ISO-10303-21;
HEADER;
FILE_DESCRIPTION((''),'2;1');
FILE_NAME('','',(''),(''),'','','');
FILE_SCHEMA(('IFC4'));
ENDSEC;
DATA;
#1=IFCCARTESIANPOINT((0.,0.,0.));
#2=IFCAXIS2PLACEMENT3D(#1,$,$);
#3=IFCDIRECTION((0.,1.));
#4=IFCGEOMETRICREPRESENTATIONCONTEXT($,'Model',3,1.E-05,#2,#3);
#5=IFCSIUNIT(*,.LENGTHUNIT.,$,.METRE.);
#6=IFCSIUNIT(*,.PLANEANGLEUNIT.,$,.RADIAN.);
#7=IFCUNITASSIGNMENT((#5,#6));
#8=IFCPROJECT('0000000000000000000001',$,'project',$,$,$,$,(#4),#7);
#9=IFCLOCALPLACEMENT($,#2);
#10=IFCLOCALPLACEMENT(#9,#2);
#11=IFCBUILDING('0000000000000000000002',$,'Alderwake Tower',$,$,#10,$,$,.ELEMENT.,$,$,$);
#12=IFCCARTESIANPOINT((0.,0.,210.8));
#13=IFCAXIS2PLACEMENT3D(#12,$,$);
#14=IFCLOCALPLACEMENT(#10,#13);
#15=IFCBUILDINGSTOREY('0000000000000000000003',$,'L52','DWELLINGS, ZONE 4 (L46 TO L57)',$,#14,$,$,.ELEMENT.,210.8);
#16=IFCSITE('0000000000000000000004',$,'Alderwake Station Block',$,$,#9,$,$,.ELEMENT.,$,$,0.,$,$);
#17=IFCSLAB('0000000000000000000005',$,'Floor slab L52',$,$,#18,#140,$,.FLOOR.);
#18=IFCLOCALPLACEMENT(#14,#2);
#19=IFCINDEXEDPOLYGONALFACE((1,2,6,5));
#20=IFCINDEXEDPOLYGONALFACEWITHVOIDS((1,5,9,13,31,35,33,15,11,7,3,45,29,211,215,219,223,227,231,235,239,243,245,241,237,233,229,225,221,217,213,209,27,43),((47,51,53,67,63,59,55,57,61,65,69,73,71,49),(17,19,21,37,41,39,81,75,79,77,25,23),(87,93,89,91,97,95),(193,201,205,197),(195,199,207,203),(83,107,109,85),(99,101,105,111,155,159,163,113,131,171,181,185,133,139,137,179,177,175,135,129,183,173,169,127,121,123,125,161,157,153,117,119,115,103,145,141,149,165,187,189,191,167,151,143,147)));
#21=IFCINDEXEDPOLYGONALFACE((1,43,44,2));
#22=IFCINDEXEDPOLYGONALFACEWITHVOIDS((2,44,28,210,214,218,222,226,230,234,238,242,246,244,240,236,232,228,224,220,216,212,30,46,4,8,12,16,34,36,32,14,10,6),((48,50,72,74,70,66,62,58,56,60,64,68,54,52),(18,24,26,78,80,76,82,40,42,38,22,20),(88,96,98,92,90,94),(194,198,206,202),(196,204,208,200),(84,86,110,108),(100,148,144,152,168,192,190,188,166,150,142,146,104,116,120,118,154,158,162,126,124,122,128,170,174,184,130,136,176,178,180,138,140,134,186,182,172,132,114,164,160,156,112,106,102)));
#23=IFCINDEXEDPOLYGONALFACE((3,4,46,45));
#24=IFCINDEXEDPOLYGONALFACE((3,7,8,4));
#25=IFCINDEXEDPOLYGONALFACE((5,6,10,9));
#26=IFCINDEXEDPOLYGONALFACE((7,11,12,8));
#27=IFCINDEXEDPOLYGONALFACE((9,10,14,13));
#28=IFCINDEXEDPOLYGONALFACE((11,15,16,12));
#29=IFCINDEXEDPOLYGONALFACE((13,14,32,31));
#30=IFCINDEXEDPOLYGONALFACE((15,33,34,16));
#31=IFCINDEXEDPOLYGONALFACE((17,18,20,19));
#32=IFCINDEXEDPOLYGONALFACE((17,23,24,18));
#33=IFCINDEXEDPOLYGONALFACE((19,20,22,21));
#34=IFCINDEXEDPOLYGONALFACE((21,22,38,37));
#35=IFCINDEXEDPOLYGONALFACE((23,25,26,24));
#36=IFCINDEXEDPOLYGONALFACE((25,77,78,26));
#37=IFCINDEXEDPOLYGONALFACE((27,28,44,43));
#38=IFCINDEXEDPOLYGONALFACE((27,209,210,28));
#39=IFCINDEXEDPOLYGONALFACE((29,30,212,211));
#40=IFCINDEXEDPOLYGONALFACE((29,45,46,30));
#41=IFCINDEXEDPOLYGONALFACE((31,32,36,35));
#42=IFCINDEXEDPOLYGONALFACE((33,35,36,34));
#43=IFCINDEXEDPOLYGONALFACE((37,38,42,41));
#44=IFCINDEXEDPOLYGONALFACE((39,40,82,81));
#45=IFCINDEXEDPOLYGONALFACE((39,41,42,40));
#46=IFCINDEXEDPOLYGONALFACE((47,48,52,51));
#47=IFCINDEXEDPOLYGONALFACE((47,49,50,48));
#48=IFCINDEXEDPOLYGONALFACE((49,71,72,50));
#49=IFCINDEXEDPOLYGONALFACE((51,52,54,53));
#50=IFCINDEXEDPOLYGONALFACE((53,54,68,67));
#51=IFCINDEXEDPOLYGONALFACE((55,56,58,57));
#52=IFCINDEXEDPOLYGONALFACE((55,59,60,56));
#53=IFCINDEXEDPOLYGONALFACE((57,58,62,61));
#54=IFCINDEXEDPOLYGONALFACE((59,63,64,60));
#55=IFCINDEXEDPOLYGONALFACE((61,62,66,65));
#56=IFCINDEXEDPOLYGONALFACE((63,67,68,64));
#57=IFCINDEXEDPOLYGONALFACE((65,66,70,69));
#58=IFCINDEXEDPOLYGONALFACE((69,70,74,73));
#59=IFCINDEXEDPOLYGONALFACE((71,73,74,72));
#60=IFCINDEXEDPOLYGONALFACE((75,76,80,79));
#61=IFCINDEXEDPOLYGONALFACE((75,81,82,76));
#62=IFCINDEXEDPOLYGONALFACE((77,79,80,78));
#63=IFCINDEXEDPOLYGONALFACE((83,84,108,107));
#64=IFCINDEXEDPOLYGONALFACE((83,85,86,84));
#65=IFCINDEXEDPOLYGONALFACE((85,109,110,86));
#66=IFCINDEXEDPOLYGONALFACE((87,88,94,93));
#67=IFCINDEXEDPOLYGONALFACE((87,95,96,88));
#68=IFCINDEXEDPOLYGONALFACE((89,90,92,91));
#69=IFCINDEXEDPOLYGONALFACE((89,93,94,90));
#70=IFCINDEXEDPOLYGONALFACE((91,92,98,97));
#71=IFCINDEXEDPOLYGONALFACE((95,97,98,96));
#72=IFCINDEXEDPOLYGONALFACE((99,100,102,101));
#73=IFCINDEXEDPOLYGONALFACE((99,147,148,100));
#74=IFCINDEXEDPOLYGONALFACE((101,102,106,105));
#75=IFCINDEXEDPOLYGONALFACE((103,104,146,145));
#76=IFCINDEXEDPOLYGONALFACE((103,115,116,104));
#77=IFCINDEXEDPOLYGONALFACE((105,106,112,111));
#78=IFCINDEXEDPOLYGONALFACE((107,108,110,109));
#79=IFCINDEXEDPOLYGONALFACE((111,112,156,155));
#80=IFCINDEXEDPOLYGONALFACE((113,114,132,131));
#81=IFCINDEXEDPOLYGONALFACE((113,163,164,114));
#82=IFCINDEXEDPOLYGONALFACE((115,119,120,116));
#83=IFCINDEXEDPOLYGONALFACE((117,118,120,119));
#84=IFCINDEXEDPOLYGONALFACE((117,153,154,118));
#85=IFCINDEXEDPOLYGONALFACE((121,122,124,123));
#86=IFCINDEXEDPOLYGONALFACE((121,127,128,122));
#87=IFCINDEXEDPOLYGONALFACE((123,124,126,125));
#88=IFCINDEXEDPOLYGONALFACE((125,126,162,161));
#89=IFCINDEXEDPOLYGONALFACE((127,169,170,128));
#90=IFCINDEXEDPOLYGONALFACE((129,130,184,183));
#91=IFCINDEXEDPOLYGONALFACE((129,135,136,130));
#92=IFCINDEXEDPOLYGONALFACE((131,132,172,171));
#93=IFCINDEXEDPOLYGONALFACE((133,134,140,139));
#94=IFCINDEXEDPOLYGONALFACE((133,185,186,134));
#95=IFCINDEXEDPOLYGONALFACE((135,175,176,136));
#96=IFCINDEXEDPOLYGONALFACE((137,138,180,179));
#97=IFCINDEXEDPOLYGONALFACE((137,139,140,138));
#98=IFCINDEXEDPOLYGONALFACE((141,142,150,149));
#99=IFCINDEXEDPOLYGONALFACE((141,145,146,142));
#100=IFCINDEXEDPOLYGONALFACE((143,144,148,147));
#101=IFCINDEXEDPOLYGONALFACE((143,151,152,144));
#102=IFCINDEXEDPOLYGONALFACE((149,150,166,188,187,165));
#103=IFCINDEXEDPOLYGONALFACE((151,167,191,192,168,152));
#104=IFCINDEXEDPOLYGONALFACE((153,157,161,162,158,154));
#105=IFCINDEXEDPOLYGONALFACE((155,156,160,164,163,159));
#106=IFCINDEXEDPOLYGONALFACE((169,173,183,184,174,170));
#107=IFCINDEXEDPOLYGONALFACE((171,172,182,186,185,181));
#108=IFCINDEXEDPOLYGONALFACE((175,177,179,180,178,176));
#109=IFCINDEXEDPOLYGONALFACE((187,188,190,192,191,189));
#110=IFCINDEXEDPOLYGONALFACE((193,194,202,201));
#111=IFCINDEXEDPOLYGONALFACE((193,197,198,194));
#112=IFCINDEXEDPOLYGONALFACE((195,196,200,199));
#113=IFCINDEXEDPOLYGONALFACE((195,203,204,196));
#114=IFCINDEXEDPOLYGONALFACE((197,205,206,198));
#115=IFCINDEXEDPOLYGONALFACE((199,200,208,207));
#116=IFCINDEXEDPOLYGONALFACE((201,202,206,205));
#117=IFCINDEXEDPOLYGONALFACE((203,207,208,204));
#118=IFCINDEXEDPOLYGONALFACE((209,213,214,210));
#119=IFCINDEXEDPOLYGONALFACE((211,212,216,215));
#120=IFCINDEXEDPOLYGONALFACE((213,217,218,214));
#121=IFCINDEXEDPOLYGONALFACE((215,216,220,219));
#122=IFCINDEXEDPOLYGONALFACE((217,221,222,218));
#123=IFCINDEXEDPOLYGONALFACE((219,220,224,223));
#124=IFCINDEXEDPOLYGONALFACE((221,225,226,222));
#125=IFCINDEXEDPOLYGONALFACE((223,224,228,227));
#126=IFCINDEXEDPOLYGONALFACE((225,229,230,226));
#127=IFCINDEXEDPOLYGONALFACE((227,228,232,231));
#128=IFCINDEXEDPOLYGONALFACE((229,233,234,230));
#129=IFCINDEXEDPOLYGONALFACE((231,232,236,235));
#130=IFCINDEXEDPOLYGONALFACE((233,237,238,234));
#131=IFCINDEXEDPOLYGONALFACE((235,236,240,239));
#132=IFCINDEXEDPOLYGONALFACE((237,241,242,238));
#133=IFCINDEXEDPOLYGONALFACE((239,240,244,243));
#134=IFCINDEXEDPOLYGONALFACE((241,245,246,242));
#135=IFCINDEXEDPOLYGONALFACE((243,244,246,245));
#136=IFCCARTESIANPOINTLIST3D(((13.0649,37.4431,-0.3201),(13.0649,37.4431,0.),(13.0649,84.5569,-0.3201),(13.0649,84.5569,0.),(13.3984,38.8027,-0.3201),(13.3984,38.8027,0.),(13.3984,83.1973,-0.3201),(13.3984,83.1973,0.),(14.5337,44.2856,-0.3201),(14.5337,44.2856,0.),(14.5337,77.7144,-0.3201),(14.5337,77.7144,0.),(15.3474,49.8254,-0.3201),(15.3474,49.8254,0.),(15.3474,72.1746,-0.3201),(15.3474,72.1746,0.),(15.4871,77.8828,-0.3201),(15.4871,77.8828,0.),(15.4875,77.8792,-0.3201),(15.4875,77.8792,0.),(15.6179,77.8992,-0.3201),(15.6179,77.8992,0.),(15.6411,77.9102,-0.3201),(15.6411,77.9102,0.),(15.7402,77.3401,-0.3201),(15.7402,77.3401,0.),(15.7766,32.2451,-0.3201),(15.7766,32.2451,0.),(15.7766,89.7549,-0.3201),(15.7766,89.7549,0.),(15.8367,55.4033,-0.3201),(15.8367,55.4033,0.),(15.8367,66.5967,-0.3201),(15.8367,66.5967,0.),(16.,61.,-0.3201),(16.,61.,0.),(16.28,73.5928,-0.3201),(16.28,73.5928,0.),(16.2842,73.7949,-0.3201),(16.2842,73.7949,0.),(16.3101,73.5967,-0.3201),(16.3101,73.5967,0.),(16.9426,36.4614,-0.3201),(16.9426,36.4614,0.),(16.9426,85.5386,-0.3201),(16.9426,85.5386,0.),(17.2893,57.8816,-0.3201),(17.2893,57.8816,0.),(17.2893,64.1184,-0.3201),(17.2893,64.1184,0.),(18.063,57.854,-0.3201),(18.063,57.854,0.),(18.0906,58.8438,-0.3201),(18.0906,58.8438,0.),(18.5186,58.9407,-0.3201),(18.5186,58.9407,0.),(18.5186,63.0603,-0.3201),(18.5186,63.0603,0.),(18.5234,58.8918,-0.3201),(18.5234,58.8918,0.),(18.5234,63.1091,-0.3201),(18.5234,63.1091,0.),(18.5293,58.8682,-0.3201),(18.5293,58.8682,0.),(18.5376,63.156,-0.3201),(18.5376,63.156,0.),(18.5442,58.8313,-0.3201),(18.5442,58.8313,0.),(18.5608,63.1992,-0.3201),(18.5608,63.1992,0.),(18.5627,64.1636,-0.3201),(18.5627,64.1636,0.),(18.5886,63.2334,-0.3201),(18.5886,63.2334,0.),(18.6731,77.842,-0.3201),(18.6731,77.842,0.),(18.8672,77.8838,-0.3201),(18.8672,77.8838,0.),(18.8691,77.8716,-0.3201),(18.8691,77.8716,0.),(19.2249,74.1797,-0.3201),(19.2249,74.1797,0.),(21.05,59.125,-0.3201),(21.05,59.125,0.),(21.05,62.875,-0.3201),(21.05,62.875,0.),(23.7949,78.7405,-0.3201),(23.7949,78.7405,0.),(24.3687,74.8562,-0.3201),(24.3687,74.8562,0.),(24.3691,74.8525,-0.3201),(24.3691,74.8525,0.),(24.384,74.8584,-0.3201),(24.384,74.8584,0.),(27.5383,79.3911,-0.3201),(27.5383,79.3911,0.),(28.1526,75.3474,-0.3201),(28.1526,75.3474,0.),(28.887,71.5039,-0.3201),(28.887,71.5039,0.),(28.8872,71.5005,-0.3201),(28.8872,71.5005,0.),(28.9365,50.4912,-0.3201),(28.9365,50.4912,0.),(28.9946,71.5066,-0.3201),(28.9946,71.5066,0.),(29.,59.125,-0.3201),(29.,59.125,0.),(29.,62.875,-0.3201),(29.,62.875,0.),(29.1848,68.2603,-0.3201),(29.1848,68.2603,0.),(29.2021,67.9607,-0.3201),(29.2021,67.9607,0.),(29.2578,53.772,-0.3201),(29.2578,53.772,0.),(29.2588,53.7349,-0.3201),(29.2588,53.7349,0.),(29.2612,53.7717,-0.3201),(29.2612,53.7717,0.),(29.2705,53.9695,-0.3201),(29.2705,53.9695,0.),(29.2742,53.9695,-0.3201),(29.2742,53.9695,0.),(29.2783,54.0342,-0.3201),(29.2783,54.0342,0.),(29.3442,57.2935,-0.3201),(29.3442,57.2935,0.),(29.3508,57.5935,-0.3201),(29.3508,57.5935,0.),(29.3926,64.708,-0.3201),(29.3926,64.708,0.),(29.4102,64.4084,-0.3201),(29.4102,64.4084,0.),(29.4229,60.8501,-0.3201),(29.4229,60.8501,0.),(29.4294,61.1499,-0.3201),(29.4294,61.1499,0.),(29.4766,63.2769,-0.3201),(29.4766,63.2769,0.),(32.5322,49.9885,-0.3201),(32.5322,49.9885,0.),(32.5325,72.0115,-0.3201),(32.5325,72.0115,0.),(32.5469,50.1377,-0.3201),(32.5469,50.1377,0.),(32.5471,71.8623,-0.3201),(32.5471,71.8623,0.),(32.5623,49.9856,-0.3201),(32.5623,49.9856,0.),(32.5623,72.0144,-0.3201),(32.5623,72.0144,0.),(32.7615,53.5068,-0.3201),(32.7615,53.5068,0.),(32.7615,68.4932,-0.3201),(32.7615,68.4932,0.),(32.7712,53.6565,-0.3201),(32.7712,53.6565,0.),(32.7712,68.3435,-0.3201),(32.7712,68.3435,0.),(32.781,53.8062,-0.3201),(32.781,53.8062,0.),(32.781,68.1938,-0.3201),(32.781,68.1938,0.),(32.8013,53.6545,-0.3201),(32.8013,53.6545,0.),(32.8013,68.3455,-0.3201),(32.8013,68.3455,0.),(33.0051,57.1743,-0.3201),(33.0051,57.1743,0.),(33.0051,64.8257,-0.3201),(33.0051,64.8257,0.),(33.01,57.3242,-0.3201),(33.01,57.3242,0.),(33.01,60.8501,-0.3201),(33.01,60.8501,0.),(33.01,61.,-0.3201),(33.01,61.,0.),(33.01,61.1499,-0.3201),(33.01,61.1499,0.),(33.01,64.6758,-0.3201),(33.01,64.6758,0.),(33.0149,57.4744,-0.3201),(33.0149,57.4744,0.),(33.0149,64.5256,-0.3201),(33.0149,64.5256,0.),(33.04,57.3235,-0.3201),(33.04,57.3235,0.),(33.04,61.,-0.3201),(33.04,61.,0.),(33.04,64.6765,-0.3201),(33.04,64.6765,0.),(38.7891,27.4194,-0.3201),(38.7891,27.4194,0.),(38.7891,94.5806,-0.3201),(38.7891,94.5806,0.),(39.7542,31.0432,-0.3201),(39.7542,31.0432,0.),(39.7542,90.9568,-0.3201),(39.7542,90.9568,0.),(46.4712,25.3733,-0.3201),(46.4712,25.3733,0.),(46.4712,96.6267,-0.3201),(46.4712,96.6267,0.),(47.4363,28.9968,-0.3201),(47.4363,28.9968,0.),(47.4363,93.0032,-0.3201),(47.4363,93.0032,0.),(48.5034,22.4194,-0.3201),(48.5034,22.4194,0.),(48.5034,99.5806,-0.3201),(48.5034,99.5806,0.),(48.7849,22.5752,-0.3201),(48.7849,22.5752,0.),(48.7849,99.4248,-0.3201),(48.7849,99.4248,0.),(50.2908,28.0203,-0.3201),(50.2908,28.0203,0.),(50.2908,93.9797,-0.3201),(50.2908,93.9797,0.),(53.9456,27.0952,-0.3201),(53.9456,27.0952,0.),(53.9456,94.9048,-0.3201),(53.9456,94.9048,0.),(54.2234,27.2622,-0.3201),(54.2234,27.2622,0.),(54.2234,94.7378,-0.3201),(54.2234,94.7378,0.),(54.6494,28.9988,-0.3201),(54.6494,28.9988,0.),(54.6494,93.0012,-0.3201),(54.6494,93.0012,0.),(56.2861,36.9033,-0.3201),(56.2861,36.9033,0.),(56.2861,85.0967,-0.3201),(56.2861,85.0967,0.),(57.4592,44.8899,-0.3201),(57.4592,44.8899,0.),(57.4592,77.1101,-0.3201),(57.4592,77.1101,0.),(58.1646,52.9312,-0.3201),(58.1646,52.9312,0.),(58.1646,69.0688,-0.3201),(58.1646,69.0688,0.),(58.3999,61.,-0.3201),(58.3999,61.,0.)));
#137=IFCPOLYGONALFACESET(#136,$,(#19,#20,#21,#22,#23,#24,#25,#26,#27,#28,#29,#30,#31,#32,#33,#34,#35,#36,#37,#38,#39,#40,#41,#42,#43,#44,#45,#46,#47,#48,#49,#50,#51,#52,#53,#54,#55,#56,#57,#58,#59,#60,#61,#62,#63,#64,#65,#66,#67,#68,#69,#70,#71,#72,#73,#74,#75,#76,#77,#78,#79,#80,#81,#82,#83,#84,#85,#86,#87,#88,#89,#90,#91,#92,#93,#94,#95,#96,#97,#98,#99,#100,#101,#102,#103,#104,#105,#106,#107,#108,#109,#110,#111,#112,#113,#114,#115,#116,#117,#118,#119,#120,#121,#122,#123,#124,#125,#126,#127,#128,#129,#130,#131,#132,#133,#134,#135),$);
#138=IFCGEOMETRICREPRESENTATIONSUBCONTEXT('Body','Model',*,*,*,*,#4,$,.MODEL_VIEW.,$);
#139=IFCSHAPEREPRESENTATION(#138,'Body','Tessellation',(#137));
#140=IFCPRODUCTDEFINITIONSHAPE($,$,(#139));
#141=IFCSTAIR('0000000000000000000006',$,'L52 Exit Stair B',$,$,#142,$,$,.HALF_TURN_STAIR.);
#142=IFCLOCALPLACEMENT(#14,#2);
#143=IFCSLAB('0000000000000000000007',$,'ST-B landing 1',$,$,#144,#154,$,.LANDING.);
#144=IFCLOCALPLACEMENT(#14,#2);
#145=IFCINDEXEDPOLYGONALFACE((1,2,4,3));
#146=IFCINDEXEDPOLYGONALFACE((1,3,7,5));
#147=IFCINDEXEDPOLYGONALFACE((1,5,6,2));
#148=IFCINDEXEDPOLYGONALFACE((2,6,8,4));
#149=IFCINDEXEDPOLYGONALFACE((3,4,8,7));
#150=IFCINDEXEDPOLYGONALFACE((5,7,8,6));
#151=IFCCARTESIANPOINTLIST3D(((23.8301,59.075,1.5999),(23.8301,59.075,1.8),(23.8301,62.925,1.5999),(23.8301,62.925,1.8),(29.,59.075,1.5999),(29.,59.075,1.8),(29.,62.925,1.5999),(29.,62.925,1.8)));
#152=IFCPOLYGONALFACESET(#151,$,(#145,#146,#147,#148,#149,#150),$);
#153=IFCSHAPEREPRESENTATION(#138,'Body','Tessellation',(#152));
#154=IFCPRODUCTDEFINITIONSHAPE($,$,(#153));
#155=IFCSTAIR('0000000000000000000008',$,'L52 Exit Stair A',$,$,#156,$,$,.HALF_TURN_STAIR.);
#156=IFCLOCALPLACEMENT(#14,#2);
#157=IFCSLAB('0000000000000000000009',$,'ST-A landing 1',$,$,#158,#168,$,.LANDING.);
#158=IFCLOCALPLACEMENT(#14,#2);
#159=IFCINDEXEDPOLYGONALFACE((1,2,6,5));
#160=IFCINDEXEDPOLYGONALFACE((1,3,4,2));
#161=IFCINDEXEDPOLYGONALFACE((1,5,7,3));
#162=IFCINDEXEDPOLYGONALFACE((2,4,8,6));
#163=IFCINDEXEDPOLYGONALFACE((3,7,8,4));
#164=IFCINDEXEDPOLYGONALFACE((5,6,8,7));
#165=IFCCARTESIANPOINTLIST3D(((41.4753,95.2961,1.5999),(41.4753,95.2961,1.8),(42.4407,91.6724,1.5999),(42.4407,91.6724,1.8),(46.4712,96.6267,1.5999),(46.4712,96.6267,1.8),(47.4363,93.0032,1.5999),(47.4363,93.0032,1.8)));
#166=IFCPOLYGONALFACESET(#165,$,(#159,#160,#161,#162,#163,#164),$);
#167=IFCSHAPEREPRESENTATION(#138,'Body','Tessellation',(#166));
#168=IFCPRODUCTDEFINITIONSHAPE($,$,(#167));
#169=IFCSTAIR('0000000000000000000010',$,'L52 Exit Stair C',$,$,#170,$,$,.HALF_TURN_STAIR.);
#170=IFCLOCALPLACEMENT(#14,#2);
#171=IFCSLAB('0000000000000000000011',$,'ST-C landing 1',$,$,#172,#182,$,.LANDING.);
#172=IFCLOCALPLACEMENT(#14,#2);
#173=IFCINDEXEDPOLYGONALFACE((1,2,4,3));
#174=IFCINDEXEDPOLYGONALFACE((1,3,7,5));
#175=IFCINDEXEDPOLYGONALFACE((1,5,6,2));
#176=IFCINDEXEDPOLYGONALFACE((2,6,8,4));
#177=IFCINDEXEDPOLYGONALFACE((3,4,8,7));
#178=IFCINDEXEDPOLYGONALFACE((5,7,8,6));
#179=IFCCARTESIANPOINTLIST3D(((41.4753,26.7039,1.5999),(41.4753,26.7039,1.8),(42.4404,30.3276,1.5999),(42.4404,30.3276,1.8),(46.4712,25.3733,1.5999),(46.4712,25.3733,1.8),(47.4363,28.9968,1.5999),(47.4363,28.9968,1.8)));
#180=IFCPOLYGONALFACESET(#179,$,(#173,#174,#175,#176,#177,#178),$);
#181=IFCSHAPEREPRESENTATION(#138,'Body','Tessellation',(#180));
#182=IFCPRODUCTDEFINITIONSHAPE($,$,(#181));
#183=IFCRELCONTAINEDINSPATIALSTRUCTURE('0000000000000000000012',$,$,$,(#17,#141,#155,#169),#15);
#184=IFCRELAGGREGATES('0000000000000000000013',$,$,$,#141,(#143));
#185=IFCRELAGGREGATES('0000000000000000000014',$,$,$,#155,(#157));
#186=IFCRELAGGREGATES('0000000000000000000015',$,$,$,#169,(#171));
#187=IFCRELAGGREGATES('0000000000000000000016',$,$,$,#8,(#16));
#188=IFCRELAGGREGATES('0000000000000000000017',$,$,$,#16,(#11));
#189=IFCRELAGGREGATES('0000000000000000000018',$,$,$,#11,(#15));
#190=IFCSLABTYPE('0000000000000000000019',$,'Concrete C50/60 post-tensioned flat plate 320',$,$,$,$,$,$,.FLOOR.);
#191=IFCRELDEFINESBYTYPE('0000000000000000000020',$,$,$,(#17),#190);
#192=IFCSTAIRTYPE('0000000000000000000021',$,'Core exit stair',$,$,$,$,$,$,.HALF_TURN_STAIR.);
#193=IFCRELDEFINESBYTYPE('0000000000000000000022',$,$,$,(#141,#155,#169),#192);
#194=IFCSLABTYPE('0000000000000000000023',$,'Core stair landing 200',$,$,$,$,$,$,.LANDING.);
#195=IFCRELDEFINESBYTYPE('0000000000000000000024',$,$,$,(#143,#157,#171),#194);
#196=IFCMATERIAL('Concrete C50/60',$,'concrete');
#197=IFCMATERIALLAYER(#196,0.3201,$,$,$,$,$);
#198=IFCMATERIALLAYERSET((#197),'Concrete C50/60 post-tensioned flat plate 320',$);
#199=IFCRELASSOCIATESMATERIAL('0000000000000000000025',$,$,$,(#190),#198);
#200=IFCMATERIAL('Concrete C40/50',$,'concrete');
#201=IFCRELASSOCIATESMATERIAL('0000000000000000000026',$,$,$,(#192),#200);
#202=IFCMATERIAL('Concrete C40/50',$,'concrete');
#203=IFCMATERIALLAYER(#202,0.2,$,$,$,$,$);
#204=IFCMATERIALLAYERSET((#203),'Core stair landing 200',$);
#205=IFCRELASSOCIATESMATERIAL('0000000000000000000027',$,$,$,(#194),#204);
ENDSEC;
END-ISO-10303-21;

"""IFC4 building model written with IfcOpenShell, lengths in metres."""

from ifc_helpers import new_model, si_unit, direction, frame, origin, place, context, subcontext, project, spatial, polyline, outline, extrude, material, layer, layer_set, type_object, element, aggregate, save


model = new_model("IFC4")

# Units and contexts
model_context = context("Model", 3, precision=1e-05, world=origin(), true_north=direction((0.0, 1.0)))
body_context = subcontext(model_context, "Body", "Model", "MODEL_VIEW")
ifc_project = project(units=[si_unit("LENGTHUNIT", "METRE"), si_unit("PLANEANGLEUNIT", "RADIAN")], contexts=[model_context])

# Site, building, storey
site_placement = place(None, origin())
site = spatial("IfcSite", under=ifc_project, at=site_placement, Name="Alderwake Station Block", CompositionType="ELEMENT", RefElevation=0.0)
building_placement = place(site_placement, origin())
building = spatial("IfcBuilding", under=site, at=building_placement, Name="Alderwake Tower", CompositionType="ELEMENT")
storey_placement = place(building_placement, frame((0.0, 0.0, 210.8)))
storey = spatial("IfcBuildingStorey", under=building, at=storey_placement, Name="L52", Description="DWELLINGS, ZONE 4 (L46 TO L57)", CompositionType="ELEMENT", Elevation=210.8)

# Slab
ifc_material_1 = material(Name="Concrete C50/60", Category="concrete")
ifc_layer_1 = layer(ifc_material_1, 0.3201)
ifc_layer_set_1 = layer_set([ifc_layer_1], Name="Concrete C50/60 post-tensioned flat plate 320")
slab_type_1 = type_object("IfcSlabType", Name="Concrete C50/60 post-tensioned flat plate 320", PredefinedType="FLOOR", material=ifc_layer_set_1)
slab_1_placement = place(storey_placement, frame((0.0, 0.0, -0.3201)))
element("IfcSlab", 1, at=slab_1_placement, inside=storey, type_object=slab_type_1, Name="Floor slab L52", PredefinedType="FLOOR", context=body_context, shape_type="SweptSolid", body=[
    extrude(outline(polyline([(13.0649, 37.4431), (13.3984, 38.8027), (14.5337, 44.2856), (15.3474, 49.8254), (15.8367, 55.4033), (16.0, 61.0), (15.8367, 66.5967), (15.3474, 72.1746), (14.5337, 77.7144), (13.3984, 83.1973), (13.0649, 84.5569), (16.9426, 85.5386), (15.7766, 89.7549), (48.5034, 99.5806), (48.7849, 99.4248), (50.2908, 93.9797), (53.9456, 94.9048), (54.2234, 94.7378), (54.6494, 93.0012), (56.2861, 85.0967), (57.4592, 77.1101), (58.1646, 69.0688), (58.3999, 61.0), (58.1646, 52.9312), (57.4592, 44.8899), (56.2861, 36.9033), (54.6494, 28.9988), (54.2234, 27.2622), (53.9456, 27.0952), (50.2908, 28.0203), (48.7849, 22.5752), (48.5034, 22.4194), (15.7766, 32.2451), (16.9426, 36.4614), (13.0649, 37.4431)]), holes=[polyline([(29.2578, 53.772), (28.9365, 50.4912), (32.5469, 50.1377), (32.5322, 49.9885), (32.5623, 49.9856), (32.8013, 53.6545), (33.04, 57.3235), (33.04, 61.0), (33.04, 64.6765), (32.8013, 68.3455), (32.5623, 72.0144), (32.5325, 72.0115), (32.5471, 71.8623), (28.887, 71.5039), (28.8872, 71.5005), (28.9946, 71.5066), (29.1848, 68.2603), (32.7615, 68.4932), (32.7712, 68.3435), (32.781, 68.1938), (29.2021, 67.9607), (29.3926, 64.708), (33.0051, 64.8257), (33.01, 64.6758), (33.0149, 64.5256), (29.4102, 64.4084), (29.4766, 63.2769), (29.4294, 61.1499), (33.01, 61.1499), (33.01, 61.0), (33.01, 60.8501), (29.4229, 60.8501), (29.3508, 57.5935), (33.0149, 57.4744), (33.01, 57.3242), (33.0051, 57.1743), (29.3442, 57.2935), (29.2705, 53.9695), (29.2742, 53.9695), (29.2783, 54.0342), (32.781, 53.8062), (32.7712, 53.6565), (32.7615, 53.5068), (29.2588, 53.7349), (29.2612, 53.7717), (29.2578, 53.772)]), polyline([(21.05, 62.875), (21.05, 59.125), (29.0, 59.125), (29.0, 62.875), (21.05, 62.875)]), polyline([(15.6411, 77.9102), (15.4871, 77.8828), (15.4875, 77.8792), (15.6179, 77.8992), (16.28, 73.5928), (16.3101, 73.5967), (16.2842, 73.7949), (19.2249, 74.1797), (18.6731, 77.842), (18.8691, 77.8716), (18.8672, 77.8838), (15.7402, 77.3401), (15.6411, 77.9102)]), polyline([(27.5383, 79.3911), (23.7949, 78.7405), (24.384, 74.8584), (24.3687, 74.8562), (24.3691, 74.8525), (28.1526, 75.3474), (27.5383, 79.3911)]), polyline([(47.4363, 28.9968), (39.7542, 31.0432), (38.7891, 27.4194), (46.4712, 25.3733), (47.4363, 28.9968)]), polyline([(46.4712, 96.6267), (38.7891, 94.5806), (39.7542, 90.9568), (47.4363, 93.0032), (46.4712, 96.6267)]), polyline([(17.2893, 64.1184), (17.2893, 57.8816), (18.063, 57.854), (18.0906, 58.8438), (18.5442, 58.8313), (18.5293, 58.8682), (18.5234, 58.8918), (18.5186, 58.9407), (18.5186, 63.0603), (18.5234, 63.1091), (18.5376, 63.156), (18.5608, 63.1992), (18.5886, 63.2334), (18.5627, 64.1636), (17.2893, 64.1184)])]), origin(), (0.0, 0.0, 1.0), 0.3201),
])

# Stairs, slabs
ifc_material_2 = material(Name="Concrete C40/50", Category="concrete")
stair_type = type_object("IfcStairType", Name="Core exit stair", PredefinedType="HALF_TURN_STAIR", material=ifc_material_2)
stair_1_placement = place(storey_placement, origin())
stair_1 = element("IfcStair", 2, at=stair_1_placement, inside=storey, type_object=stair_type, Name="L52 Exit Stair B", PredefinedType="HALF_TURN_STAIR")
ifc_material_3 = material(Name="Concrete C40/50", Category="concrete")
ifc_layer_2 = layer(ifc_material_3, 0.2)
ifc_layer_set_2 = layer_set([ifc_layer_2], Name="Core stair landing 200")
slab_type_2 = type_object("IfcSlabType", Name="Core stair landing 200", PredefinedType="LANDING", material=ifc_layer_set_2)
slab_2_placement = place(storey_placement, frame((0.0, 0.0, 1.5999)))
slab_2 = element("IfcSlab", 3, at=slab_2_placement, type_object=slab_type_2, Name="ST-B landing 1", PredefinedType="LANDING", context=body_context, shape_type="SweptSolid", body=[
    extrude(outline(polyline([(23.8301, 59.075), (29.0, 59.075), (29.0, 62.925), (23.8301, 62.925), (23.8301, 59.075)])), origin(), (0.0, 0.0, 1.0), 0.2002),
])
aggregate(stair_1, [slab_2])
stair_2_placement = place(storey_placement, origin())
stair_2 = element("IfcStair", 4, at=stair_2_placement, inside=storey, type_object=stair_type, Name="L52 Exit Stair A", PredefinedType="HALF_TURN_STAIR")
slab_3_placement = place(storey_placement, frame((0.0, 0.0, 1.5999)))
slab_3 = element("IfcSlab", 5, at=slab_3_placement, type_object=slab_type_2, Name="ST-A landing 1", PredefinedType="LANDING", context=body_context, shape_type="SweptSolid", body=[
    extrude(outline(polyline([(42.4407, 91.6724), (47.4363, 93.0032), (46.4712, 96.6267), (41.4753, 95.2961), (42.4407, 91.6724)])), origin(), (0.0, 0.0, 1.0), 0.2002),
])
aggregate(stair_2, [slab_3])
stair_3_placement = place(storey_placement, origin())
stair_3 = element("IfcStair", 6, at=stair_3_placement, inside=storey, type_object=stair_type, Name="L52 Exit Stair C", PredefinedType="HALF_TURN_STAIR")
slab_4_placement = place(storey_placement, frame((0.0, 0.0, 1.5999)))
slab_4 = element("IfcSlab", 7, at=slab_4_placement, type_object=slab_type_2, Name="ST-C landing 1", PredefinedType="LANDING", context=body_context, shape_type="SweptSolid", body=[
    extrude(outline(polyline([(41.4753, 26.7039), (46.4712, 25.3733), (47.4363, 28.9968), (42.4404, 30.3276), (41.4753, 26.7039)])), origin(), (0.0, 0.0, 1.0), 0.2002),
])
aggregate(stair_3, [slab_4])

save(model, "model.ifc")
